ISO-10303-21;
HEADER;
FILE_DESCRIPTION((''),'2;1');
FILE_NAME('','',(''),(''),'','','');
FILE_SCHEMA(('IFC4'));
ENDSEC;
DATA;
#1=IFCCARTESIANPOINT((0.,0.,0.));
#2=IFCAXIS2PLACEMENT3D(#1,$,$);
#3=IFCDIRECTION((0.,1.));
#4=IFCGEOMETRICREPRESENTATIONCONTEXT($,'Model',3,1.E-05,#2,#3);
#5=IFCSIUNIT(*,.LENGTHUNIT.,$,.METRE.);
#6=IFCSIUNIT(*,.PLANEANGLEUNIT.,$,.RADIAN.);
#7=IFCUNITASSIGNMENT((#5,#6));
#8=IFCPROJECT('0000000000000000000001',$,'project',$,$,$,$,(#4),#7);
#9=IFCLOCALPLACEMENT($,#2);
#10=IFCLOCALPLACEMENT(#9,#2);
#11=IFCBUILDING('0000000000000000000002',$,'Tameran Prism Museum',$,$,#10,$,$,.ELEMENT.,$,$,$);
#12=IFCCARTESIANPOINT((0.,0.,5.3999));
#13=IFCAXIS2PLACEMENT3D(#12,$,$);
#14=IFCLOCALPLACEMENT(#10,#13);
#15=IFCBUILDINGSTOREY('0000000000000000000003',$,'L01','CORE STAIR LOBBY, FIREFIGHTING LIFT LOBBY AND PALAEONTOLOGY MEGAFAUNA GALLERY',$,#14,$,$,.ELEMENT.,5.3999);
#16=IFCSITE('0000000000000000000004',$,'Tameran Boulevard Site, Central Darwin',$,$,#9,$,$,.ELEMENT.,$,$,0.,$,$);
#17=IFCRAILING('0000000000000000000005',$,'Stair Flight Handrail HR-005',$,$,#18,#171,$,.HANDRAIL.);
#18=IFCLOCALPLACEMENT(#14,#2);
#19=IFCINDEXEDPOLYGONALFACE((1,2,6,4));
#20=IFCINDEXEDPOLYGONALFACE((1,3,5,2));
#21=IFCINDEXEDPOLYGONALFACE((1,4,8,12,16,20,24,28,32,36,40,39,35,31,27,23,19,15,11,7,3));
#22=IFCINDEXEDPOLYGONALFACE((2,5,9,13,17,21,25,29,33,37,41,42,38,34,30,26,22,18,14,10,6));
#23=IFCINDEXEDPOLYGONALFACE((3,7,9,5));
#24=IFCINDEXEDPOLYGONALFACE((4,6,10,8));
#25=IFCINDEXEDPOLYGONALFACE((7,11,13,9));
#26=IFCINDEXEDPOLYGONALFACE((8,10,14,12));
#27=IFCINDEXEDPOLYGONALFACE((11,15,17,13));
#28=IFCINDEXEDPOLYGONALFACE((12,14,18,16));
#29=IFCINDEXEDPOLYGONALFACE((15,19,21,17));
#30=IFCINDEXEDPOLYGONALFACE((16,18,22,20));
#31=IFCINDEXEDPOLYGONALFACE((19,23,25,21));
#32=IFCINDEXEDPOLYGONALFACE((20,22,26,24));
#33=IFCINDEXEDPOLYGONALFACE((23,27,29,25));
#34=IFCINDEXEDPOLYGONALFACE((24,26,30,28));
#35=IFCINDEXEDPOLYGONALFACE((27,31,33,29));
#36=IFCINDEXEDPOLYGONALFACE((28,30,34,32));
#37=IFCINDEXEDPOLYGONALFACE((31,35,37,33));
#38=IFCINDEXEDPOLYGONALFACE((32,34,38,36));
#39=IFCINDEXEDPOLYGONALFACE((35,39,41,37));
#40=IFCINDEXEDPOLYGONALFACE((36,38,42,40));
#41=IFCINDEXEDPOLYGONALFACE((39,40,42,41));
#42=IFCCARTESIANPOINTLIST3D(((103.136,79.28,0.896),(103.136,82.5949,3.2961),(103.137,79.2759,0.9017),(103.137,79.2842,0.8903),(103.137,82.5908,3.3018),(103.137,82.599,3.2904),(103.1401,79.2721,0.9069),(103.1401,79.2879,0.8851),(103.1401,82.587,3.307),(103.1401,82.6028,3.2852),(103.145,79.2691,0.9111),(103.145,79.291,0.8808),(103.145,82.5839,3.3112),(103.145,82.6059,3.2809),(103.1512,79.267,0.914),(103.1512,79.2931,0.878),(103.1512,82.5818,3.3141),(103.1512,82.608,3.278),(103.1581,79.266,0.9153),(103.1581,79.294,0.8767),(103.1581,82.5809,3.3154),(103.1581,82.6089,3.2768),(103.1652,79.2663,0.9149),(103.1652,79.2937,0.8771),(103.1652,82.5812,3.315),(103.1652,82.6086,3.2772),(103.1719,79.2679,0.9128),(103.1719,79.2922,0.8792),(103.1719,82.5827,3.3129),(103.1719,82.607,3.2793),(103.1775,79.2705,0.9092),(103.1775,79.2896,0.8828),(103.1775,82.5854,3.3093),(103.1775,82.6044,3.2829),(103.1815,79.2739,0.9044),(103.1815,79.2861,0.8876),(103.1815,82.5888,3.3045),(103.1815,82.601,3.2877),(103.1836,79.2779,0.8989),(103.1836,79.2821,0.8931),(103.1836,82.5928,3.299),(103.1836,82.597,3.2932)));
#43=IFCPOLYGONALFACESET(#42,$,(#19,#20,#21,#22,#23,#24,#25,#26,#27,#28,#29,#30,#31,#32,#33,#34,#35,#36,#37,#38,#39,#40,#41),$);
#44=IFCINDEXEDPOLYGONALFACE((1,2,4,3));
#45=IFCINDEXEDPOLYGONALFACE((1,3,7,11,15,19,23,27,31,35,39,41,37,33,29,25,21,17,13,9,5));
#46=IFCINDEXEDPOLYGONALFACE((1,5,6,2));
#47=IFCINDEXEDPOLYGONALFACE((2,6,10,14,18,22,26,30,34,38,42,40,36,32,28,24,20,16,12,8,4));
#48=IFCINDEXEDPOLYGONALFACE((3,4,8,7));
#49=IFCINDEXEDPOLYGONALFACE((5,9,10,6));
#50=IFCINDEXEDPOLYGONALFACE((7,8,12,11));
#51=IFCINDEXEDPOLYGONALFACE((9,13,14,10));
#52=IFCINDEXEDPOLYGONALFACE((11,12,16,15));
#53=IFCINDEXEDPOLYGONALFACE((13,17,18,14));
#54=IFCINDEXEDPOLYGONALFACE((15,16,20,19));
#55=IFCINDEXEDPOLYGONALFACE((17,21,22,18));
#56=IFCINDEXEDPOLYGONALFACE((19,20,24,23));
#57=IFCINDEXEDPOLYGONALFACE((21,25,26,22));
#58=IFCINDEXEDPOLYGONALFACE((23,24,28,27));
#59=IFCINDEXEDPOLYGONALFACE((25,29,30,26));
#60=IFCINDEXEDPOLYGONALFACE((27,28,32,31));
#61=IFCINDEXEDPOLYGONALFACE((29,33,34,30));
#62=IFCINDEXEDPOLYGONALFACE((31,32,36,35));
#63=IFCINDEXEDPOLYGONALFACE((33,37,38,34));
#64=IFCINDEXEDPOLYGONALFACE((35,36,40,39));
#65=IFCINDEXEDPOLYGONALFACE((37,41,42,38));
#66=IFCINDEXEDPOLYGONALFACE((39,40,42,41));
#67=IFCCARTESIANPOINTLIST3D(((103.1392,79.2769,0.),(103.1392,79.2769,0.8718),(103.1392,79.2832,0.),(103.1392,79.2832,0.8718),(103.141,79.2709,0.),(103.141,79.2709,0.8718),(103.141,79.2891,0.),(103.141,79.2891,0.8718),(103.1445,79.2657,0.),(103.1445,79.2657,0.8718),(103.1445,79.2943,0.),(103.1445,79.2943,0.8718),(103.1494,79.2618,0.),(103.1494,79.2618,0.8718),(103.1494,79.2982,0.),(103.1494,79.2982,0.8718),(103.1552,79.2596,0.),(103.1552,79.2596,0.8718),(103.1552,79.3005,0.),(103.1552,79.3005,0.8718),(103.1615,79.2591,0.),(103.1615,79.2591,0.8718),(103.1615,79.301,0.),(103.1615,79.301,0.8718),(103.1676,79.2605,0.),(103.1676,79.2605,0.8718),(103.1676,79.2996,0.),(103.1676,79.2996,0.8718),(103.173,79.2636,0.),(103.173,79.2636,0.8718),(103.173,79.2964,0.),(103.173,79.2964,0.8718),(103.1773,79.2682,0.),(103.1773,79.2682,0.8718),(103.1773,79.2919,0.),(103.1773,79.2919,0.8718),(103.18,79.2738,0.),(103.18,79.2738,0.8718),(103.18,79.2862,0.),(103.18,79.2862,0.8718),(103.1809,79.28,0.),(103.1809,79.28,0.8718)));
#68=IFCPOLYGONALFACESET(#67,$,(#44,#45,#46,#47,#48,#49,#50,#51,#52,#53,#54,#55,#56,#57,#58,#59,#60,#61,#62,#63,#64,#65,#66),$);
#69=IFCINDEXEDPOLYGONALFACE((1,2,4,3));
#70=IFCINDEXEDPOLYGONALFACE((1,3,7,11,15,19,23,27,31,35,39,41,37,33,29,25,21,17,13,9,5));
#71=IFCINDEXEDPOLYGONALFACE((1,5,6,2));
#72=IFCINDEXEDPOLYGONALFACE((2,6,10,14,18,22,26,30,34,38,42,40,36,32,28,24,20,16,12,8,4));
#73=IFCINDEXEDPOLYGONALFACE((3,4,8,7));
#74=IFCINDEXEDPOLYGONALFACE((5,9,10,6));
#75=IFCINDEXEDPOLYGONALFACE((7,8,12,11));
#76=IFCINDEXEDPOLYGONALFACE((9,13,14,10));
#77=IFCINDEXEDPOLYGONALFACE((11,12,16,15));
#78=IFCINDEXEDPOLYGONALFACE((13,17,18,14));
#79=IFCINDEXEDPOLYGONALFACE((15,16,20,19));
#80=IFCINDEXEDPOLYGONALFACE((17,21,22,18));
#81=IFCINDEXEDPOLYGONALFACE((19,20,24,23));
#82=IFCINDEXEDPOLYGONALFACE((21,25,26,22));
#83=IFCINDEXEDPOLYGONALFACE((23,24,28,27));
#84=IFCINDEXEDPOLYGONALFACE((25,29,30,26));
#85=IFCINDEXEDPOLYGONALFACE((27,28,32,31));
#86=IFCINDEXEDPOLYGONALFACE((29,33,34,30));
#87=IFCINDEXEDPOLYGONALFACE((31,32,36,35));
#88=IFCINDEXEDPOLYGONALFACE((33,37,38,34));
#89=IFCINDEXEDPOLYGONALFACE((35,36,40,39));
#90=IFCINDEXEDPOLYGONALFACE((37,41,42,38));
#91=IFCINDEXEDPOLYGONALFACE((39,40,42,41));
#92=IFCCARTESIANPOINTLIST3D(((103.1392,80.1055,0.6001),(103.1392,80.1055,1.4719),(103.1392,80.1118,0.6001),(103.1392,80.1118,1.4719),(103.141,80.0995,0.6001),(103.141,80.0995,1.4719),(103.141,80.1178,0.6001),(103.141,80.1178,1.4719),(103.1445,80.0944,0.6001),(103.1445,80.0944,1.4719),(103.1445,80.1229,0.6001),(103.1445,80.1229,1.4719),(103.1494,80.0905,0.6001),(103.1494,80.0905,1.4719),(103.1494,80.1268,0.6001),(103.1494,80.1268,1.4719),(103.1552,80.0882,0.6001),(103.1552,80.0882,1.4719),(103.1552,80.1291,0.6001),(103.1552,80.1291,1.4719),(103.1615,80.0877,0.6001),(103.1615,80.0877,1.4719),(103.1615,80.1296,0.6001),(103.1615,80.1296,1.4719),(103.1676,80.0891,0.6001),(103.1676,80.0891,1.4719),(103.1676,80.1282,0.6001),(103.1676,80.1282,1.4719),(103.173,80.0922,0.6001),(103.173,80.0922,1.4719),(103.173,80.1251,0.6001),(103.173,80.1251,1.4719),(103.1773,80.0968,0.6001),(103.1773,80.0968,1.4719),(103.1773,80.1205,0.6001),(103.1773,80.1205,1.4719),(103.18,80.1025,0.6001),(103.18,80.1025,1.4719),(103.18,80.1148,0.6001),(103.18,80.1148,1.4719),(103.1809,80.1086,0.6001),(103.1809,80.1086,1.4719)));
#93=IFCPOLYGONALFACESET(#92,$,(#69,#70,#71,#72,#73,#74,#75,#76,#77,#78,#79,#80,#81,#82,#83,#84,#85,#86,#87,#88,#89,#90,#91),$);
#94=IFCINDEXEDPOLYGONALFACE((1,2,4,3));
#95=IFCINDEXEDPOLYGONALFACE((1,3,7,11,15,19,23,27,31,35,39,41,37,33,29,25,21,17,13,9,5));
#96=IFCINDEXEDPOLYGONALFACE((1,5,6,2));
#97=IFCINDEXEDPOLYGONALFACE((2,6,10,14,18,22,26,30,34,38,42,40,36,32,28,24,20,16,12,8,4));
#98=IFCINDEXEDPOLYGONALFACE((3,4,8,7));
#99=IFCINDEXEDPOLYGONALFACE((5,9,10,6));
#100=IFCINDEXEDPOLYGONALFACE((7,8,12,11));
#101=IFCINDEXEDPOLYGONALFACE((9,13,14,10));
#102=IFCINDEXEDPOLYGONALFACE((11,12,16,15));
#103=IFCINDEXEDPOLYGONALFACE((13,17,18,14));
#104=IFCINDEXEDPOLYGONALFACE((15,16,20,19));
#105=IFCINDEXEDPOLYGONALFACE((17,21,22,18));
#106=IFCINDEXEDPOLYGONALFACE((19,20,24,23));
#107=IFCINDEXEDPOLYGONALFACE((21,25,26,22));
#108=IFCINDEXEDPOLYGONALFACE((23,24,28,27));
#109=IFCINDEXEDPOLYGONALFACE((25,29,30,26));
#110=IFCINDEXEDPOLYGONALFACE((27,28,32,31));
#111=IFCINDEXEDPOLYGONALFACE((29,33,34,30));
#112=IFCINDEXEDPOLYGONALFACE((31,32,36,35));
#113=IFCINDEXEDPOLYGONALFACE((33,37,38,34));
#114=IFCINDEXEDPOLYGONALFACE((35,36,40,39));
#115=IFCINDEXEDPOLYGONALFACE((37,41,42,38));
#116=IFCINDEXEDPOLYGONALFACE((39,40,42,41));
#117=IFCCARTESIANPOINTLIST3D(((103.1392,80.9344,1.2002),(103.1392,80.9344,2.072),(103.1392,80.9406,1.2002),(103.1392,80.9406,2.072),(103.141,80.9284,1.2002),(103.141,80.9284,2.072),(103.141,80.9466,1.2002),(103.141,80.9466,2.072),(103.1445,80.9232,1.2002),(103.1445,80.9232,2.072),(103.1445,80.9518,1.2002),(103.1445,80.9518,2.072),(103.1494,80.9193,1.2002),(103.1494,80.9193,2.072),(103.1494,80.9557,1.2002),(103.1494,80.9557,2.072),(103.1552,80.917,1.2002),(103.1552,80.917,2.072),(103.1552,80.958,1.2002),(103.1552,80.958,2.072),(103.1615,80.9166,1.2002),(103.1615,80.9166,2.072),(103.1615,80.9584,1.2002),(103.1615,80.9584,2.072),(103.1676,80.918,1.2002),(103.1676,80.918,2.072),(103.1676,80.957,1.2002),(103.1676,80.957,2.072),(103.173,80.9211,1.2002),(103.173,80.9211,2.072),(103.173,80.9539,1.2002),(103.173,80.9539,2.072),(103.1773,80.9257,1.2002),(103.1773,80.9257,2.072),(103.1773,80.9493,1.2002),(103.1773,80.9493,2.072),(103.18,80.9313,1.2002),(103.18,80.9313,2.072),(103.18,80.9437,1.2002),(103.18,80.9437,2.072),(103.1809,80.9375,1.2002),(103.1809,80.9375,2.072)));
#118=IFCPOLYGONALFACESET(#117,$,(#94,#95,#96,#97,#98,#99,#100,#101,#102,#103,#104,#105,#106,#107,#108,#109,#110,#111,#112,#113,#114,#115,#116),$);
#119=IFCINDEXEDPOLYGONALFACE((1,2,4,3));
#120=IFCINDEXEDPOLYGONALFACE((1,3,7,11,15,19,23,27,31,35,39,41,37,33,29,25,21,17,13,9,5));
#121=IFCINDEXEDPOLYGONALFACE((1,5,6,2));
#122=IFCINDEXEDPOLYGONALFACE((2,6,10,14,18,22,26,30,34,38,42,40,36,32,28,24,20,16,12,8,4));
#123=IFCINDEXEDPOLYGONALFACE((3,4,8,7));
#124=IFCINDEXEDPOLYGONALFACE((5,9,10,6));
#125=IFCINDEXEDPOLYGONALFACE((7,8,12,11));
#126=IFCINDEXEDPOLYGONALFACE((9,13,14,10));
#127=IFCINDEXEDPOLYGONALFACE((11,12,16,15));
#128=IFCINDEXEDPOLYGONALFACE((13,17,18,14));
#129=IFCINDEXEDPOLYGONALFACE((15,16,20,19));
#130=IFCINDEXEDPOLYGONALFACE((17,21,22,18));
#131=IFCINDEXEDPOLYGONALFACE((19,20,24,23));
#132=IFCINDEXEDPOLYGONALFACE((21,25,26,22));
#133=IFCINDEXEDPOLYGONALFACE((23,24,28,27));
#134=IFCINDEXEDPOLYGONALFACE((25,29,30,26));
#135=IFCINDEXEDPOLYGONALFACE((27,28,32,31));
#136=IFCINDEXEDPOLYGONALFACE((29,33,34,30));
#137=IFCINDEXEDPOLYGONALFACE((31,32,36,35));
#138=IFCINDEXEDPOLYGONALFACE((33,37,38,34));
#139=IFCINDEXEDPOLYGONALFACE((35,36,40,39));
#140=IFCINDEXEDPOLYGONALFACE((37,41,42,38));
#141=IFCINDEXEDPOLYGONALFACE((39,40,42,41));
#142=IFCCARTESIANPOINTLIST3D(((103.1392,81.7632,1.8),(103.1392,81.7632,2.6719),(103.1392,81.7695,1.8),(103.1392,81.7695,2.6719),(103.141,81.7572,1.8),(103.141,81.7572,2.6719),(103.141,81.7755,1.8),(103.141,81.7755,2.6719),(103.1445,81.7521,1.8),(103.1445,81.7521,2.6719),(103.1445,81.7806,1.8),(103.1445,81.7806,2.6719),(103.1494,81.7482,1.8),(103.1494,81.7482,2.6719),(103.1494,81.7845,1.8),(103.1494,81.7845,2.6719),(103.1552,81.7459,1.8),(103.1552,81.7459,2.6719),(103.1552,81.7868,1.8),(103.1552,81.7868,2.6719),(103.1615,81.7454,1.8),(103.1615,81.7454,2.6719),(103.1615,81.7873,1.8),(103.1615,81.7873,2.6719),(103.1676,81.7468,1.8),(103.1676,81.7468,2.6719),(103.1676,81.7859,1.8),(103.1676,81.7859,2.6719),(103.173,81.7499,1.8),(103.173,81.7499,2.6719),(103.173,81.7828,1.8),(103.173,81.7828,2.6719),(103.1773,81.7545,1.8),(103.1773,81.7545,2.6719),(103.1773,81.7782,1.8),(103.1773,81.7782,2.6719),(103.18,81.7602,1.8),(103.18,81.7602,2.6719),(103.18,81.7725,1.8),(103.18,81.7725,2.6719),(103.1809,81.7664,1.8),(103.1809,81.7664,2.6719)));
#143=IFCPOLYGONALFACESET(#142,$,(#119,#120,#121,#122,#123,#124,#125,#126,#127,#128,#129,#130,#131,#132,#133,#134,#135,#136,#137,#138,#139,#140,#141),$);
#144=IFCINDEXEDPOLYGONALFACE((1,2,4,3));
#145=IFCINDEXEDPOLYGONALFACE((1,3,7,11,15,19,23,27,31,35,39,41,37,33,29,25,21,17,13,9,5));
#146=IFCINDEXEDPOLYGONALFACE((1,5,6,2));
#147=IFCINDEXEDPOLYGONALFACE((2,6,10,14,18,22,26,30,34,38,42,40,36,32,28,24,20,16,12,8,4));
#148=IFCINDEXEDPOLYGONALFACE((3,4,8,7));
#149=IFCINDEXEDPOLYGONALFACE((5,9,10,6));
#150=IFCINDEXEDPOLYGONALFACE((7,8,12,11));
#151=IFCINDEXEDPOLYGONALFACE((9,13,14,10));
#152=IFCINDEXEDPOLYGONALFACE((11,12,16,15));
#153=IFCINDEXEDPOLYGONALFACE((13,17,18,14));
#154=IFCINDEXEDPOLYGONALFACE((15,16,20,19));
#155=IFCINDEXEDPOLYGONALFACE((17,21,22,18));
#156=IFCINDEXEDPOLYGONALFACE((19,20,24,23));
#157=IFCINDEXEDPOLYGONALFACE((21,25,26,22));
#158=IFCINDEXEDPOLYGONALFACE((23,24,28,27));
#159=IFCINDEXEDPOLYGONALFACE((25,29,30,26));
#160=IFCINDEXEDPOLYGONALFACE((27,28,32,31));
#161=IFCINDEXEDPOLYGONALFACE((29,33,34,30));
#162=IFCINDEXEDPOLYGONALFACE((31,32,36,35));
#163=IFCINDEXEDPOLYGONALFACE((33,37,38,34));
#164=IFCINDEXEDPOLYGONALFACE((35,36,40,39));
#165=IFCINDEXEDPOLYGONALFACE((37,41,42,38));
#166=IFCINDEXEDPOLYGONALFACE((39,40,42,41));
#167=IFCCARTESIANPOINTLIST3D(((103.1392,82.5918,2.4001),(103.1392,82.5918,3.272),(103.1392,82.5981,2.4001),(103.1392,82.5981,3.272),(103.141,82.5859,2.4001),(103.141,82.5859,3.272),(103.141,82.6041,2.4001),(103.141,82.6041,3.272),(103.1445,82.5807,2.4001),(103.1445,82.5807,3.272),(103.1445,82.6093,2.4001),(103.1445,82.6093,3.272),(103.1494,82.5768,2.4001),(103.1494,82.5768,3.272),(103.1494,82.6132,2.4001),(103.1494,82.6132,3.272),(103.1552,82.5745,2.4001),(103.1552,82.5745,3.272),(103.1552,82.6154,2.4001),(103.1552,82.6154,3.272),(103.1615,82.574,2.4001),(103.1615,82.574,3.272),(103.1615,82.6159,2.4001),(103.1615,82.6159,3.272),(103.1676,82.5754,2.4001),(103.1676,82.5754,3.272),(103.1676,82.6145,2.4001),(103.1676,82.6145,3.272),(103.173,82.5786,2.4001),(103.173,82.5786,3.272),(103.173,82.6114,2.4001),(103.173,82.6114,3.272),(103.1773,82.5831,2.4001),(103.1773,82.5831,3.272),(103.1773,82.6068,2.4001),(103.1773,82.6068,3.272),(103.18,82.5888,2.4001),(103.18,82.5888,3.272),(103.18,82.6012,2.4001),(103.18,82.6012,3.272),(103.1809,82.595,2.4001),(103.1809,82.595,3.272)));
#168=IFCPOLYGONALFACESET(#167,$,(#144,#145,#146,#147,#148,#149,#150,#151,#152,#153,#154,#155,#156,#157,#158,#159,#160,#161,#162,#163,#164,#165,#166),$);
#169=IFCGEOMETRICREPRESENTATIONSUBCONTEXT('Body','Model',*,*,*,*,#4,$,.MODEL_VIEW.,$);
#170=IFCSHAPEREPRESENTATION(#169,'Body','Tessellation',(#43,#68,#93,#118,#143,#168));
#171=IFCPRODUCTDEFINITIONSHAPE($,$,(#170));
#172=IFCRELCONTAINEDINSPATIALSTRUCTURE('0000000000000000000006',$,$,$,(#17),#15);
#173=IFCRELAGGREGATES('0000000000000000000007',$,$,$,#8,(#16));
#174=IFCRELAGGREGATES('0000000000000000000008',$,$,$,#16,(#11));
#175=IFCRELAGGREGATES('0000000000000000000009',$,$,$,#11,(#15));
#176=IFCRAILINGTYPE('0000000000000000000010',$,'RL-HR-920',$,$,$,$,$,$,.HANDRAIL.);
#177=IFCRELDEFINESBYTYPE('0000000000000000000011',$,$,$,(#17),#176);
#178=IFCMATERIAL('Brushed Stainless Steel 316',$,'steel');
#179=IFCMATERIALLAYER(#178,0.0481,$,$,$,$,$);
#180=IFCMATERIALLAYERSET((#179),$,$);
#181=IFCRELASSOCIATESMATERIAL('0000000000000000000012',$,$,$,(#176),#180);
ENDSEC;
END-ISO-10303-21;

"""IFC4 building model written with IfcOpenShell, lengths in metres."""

from ifc_helpers import new_model, si_unit, direction, frame, origin, origin_2d, place, context, subcontext, project, spatial, circle, extrude, material, layer, layer_set, type_object, element, save


model = new_model("IFC4")

# Units and contexts
model_context = context("Model", 3, precision=1e-05, world=origin(), true_north=direction((0.0, 1.0)))
body_context = subcontext(model_context, "Body", "Model", "MODEL_VIEW")
ifc_project = project(units=[si_unit("LENGTHUNIT", "METRE"), si_unit("PLANEANGLEUNIT", "RADIAN")], contexts=[model_context])

# Site, building, storey
site_placement = place(None, origin())
site = spatial("IfcSite", under=ifc_project, at=site_placement, Name="Tameran Boulevard Site, Central Darwin", CompositionType="ELEMENT", RefElevation=0.0)
building_placement = place(site_placement, origin())
building = spatial("IfcBuilding", under=site, at=building_placement, Name="Tameran Prism Museum", CompositionType="ELEMENT")
storey_placement = place(building_placement, frame((0.0, 0.0, 5.3999)))
storey = spatial("IfcBuildingStorey", under=building, at=storey_placement, Name="L01", Description="CORE STAIR LOBBY, FIREFIGHTING LIFT LOBBY AND PALAEONTOLOGY MEGAFAUNA GALLERY", CompositionType="ELEMENT", Elevation=5.3999)

# Railing
ifc_material_1 = material(Name="Brushed Stainless Steel 316", Category="steel")
ifc_layer_1 = layer(ifc_material_1, 0.0481)
ifc_layer_set_1 = layer_set([ifc_layer_1])
railing_type_1 = type_object("IfcRailingType", Name="RL-HR-920", PredefinedType="HANDRAIL", material=ifc_layer_set_1)
railing_1_placement = place(storey_placement, frame((103.1599, 79.28, 0.0)))
element("IfcRailing", 1, at=railing_1_placement, inside=storey, type_object=railing_type_1, Name="Stair Flight Handrail HR-005", PredefinedType="HANDRAIL", context=body_context, shape_type="SweptSolid", body=[
    extrude(circle(Radius=0.0239, at=origin_2d()), frame((0.0, 0.0, 0.896), z_axis=(0.0, 0.80998, 0.586457), x_axis=(-1.0, 0.0, 0.0)), (0.0, 0.0, 1.0), 4.0925),
    extrude(circle(Radius=0.021, at=origin_2d()), origin(), (0.0, 0.0, 1.0), 0.8718),
    extrude(circle(Radius=0.021, at=origin_2d()), frame((0.0, 0.8286, 0.6001)), (0.0, 0.0, 1.0), 0.8718),
    extrude(circle(Radius=0.021, at=origin_2d()), frame((0.0, 1.6575, 1.2002)), (0.0, 0.0, 1.0), 0.8718),
    extrude(circle(Radius=0.021, at=origin_2d()), frame((0.0, 2.4863, 1.8)), (0.0, 0.0, 1.0), 0.8718),
    extrude(circle(Radius=0.021, at=origin_2d()), frame((0.0, 3.3149, 2.4001)), (0.0, 0.0, 1.0), 0.8718),
])

save(model, "model.ifc")
